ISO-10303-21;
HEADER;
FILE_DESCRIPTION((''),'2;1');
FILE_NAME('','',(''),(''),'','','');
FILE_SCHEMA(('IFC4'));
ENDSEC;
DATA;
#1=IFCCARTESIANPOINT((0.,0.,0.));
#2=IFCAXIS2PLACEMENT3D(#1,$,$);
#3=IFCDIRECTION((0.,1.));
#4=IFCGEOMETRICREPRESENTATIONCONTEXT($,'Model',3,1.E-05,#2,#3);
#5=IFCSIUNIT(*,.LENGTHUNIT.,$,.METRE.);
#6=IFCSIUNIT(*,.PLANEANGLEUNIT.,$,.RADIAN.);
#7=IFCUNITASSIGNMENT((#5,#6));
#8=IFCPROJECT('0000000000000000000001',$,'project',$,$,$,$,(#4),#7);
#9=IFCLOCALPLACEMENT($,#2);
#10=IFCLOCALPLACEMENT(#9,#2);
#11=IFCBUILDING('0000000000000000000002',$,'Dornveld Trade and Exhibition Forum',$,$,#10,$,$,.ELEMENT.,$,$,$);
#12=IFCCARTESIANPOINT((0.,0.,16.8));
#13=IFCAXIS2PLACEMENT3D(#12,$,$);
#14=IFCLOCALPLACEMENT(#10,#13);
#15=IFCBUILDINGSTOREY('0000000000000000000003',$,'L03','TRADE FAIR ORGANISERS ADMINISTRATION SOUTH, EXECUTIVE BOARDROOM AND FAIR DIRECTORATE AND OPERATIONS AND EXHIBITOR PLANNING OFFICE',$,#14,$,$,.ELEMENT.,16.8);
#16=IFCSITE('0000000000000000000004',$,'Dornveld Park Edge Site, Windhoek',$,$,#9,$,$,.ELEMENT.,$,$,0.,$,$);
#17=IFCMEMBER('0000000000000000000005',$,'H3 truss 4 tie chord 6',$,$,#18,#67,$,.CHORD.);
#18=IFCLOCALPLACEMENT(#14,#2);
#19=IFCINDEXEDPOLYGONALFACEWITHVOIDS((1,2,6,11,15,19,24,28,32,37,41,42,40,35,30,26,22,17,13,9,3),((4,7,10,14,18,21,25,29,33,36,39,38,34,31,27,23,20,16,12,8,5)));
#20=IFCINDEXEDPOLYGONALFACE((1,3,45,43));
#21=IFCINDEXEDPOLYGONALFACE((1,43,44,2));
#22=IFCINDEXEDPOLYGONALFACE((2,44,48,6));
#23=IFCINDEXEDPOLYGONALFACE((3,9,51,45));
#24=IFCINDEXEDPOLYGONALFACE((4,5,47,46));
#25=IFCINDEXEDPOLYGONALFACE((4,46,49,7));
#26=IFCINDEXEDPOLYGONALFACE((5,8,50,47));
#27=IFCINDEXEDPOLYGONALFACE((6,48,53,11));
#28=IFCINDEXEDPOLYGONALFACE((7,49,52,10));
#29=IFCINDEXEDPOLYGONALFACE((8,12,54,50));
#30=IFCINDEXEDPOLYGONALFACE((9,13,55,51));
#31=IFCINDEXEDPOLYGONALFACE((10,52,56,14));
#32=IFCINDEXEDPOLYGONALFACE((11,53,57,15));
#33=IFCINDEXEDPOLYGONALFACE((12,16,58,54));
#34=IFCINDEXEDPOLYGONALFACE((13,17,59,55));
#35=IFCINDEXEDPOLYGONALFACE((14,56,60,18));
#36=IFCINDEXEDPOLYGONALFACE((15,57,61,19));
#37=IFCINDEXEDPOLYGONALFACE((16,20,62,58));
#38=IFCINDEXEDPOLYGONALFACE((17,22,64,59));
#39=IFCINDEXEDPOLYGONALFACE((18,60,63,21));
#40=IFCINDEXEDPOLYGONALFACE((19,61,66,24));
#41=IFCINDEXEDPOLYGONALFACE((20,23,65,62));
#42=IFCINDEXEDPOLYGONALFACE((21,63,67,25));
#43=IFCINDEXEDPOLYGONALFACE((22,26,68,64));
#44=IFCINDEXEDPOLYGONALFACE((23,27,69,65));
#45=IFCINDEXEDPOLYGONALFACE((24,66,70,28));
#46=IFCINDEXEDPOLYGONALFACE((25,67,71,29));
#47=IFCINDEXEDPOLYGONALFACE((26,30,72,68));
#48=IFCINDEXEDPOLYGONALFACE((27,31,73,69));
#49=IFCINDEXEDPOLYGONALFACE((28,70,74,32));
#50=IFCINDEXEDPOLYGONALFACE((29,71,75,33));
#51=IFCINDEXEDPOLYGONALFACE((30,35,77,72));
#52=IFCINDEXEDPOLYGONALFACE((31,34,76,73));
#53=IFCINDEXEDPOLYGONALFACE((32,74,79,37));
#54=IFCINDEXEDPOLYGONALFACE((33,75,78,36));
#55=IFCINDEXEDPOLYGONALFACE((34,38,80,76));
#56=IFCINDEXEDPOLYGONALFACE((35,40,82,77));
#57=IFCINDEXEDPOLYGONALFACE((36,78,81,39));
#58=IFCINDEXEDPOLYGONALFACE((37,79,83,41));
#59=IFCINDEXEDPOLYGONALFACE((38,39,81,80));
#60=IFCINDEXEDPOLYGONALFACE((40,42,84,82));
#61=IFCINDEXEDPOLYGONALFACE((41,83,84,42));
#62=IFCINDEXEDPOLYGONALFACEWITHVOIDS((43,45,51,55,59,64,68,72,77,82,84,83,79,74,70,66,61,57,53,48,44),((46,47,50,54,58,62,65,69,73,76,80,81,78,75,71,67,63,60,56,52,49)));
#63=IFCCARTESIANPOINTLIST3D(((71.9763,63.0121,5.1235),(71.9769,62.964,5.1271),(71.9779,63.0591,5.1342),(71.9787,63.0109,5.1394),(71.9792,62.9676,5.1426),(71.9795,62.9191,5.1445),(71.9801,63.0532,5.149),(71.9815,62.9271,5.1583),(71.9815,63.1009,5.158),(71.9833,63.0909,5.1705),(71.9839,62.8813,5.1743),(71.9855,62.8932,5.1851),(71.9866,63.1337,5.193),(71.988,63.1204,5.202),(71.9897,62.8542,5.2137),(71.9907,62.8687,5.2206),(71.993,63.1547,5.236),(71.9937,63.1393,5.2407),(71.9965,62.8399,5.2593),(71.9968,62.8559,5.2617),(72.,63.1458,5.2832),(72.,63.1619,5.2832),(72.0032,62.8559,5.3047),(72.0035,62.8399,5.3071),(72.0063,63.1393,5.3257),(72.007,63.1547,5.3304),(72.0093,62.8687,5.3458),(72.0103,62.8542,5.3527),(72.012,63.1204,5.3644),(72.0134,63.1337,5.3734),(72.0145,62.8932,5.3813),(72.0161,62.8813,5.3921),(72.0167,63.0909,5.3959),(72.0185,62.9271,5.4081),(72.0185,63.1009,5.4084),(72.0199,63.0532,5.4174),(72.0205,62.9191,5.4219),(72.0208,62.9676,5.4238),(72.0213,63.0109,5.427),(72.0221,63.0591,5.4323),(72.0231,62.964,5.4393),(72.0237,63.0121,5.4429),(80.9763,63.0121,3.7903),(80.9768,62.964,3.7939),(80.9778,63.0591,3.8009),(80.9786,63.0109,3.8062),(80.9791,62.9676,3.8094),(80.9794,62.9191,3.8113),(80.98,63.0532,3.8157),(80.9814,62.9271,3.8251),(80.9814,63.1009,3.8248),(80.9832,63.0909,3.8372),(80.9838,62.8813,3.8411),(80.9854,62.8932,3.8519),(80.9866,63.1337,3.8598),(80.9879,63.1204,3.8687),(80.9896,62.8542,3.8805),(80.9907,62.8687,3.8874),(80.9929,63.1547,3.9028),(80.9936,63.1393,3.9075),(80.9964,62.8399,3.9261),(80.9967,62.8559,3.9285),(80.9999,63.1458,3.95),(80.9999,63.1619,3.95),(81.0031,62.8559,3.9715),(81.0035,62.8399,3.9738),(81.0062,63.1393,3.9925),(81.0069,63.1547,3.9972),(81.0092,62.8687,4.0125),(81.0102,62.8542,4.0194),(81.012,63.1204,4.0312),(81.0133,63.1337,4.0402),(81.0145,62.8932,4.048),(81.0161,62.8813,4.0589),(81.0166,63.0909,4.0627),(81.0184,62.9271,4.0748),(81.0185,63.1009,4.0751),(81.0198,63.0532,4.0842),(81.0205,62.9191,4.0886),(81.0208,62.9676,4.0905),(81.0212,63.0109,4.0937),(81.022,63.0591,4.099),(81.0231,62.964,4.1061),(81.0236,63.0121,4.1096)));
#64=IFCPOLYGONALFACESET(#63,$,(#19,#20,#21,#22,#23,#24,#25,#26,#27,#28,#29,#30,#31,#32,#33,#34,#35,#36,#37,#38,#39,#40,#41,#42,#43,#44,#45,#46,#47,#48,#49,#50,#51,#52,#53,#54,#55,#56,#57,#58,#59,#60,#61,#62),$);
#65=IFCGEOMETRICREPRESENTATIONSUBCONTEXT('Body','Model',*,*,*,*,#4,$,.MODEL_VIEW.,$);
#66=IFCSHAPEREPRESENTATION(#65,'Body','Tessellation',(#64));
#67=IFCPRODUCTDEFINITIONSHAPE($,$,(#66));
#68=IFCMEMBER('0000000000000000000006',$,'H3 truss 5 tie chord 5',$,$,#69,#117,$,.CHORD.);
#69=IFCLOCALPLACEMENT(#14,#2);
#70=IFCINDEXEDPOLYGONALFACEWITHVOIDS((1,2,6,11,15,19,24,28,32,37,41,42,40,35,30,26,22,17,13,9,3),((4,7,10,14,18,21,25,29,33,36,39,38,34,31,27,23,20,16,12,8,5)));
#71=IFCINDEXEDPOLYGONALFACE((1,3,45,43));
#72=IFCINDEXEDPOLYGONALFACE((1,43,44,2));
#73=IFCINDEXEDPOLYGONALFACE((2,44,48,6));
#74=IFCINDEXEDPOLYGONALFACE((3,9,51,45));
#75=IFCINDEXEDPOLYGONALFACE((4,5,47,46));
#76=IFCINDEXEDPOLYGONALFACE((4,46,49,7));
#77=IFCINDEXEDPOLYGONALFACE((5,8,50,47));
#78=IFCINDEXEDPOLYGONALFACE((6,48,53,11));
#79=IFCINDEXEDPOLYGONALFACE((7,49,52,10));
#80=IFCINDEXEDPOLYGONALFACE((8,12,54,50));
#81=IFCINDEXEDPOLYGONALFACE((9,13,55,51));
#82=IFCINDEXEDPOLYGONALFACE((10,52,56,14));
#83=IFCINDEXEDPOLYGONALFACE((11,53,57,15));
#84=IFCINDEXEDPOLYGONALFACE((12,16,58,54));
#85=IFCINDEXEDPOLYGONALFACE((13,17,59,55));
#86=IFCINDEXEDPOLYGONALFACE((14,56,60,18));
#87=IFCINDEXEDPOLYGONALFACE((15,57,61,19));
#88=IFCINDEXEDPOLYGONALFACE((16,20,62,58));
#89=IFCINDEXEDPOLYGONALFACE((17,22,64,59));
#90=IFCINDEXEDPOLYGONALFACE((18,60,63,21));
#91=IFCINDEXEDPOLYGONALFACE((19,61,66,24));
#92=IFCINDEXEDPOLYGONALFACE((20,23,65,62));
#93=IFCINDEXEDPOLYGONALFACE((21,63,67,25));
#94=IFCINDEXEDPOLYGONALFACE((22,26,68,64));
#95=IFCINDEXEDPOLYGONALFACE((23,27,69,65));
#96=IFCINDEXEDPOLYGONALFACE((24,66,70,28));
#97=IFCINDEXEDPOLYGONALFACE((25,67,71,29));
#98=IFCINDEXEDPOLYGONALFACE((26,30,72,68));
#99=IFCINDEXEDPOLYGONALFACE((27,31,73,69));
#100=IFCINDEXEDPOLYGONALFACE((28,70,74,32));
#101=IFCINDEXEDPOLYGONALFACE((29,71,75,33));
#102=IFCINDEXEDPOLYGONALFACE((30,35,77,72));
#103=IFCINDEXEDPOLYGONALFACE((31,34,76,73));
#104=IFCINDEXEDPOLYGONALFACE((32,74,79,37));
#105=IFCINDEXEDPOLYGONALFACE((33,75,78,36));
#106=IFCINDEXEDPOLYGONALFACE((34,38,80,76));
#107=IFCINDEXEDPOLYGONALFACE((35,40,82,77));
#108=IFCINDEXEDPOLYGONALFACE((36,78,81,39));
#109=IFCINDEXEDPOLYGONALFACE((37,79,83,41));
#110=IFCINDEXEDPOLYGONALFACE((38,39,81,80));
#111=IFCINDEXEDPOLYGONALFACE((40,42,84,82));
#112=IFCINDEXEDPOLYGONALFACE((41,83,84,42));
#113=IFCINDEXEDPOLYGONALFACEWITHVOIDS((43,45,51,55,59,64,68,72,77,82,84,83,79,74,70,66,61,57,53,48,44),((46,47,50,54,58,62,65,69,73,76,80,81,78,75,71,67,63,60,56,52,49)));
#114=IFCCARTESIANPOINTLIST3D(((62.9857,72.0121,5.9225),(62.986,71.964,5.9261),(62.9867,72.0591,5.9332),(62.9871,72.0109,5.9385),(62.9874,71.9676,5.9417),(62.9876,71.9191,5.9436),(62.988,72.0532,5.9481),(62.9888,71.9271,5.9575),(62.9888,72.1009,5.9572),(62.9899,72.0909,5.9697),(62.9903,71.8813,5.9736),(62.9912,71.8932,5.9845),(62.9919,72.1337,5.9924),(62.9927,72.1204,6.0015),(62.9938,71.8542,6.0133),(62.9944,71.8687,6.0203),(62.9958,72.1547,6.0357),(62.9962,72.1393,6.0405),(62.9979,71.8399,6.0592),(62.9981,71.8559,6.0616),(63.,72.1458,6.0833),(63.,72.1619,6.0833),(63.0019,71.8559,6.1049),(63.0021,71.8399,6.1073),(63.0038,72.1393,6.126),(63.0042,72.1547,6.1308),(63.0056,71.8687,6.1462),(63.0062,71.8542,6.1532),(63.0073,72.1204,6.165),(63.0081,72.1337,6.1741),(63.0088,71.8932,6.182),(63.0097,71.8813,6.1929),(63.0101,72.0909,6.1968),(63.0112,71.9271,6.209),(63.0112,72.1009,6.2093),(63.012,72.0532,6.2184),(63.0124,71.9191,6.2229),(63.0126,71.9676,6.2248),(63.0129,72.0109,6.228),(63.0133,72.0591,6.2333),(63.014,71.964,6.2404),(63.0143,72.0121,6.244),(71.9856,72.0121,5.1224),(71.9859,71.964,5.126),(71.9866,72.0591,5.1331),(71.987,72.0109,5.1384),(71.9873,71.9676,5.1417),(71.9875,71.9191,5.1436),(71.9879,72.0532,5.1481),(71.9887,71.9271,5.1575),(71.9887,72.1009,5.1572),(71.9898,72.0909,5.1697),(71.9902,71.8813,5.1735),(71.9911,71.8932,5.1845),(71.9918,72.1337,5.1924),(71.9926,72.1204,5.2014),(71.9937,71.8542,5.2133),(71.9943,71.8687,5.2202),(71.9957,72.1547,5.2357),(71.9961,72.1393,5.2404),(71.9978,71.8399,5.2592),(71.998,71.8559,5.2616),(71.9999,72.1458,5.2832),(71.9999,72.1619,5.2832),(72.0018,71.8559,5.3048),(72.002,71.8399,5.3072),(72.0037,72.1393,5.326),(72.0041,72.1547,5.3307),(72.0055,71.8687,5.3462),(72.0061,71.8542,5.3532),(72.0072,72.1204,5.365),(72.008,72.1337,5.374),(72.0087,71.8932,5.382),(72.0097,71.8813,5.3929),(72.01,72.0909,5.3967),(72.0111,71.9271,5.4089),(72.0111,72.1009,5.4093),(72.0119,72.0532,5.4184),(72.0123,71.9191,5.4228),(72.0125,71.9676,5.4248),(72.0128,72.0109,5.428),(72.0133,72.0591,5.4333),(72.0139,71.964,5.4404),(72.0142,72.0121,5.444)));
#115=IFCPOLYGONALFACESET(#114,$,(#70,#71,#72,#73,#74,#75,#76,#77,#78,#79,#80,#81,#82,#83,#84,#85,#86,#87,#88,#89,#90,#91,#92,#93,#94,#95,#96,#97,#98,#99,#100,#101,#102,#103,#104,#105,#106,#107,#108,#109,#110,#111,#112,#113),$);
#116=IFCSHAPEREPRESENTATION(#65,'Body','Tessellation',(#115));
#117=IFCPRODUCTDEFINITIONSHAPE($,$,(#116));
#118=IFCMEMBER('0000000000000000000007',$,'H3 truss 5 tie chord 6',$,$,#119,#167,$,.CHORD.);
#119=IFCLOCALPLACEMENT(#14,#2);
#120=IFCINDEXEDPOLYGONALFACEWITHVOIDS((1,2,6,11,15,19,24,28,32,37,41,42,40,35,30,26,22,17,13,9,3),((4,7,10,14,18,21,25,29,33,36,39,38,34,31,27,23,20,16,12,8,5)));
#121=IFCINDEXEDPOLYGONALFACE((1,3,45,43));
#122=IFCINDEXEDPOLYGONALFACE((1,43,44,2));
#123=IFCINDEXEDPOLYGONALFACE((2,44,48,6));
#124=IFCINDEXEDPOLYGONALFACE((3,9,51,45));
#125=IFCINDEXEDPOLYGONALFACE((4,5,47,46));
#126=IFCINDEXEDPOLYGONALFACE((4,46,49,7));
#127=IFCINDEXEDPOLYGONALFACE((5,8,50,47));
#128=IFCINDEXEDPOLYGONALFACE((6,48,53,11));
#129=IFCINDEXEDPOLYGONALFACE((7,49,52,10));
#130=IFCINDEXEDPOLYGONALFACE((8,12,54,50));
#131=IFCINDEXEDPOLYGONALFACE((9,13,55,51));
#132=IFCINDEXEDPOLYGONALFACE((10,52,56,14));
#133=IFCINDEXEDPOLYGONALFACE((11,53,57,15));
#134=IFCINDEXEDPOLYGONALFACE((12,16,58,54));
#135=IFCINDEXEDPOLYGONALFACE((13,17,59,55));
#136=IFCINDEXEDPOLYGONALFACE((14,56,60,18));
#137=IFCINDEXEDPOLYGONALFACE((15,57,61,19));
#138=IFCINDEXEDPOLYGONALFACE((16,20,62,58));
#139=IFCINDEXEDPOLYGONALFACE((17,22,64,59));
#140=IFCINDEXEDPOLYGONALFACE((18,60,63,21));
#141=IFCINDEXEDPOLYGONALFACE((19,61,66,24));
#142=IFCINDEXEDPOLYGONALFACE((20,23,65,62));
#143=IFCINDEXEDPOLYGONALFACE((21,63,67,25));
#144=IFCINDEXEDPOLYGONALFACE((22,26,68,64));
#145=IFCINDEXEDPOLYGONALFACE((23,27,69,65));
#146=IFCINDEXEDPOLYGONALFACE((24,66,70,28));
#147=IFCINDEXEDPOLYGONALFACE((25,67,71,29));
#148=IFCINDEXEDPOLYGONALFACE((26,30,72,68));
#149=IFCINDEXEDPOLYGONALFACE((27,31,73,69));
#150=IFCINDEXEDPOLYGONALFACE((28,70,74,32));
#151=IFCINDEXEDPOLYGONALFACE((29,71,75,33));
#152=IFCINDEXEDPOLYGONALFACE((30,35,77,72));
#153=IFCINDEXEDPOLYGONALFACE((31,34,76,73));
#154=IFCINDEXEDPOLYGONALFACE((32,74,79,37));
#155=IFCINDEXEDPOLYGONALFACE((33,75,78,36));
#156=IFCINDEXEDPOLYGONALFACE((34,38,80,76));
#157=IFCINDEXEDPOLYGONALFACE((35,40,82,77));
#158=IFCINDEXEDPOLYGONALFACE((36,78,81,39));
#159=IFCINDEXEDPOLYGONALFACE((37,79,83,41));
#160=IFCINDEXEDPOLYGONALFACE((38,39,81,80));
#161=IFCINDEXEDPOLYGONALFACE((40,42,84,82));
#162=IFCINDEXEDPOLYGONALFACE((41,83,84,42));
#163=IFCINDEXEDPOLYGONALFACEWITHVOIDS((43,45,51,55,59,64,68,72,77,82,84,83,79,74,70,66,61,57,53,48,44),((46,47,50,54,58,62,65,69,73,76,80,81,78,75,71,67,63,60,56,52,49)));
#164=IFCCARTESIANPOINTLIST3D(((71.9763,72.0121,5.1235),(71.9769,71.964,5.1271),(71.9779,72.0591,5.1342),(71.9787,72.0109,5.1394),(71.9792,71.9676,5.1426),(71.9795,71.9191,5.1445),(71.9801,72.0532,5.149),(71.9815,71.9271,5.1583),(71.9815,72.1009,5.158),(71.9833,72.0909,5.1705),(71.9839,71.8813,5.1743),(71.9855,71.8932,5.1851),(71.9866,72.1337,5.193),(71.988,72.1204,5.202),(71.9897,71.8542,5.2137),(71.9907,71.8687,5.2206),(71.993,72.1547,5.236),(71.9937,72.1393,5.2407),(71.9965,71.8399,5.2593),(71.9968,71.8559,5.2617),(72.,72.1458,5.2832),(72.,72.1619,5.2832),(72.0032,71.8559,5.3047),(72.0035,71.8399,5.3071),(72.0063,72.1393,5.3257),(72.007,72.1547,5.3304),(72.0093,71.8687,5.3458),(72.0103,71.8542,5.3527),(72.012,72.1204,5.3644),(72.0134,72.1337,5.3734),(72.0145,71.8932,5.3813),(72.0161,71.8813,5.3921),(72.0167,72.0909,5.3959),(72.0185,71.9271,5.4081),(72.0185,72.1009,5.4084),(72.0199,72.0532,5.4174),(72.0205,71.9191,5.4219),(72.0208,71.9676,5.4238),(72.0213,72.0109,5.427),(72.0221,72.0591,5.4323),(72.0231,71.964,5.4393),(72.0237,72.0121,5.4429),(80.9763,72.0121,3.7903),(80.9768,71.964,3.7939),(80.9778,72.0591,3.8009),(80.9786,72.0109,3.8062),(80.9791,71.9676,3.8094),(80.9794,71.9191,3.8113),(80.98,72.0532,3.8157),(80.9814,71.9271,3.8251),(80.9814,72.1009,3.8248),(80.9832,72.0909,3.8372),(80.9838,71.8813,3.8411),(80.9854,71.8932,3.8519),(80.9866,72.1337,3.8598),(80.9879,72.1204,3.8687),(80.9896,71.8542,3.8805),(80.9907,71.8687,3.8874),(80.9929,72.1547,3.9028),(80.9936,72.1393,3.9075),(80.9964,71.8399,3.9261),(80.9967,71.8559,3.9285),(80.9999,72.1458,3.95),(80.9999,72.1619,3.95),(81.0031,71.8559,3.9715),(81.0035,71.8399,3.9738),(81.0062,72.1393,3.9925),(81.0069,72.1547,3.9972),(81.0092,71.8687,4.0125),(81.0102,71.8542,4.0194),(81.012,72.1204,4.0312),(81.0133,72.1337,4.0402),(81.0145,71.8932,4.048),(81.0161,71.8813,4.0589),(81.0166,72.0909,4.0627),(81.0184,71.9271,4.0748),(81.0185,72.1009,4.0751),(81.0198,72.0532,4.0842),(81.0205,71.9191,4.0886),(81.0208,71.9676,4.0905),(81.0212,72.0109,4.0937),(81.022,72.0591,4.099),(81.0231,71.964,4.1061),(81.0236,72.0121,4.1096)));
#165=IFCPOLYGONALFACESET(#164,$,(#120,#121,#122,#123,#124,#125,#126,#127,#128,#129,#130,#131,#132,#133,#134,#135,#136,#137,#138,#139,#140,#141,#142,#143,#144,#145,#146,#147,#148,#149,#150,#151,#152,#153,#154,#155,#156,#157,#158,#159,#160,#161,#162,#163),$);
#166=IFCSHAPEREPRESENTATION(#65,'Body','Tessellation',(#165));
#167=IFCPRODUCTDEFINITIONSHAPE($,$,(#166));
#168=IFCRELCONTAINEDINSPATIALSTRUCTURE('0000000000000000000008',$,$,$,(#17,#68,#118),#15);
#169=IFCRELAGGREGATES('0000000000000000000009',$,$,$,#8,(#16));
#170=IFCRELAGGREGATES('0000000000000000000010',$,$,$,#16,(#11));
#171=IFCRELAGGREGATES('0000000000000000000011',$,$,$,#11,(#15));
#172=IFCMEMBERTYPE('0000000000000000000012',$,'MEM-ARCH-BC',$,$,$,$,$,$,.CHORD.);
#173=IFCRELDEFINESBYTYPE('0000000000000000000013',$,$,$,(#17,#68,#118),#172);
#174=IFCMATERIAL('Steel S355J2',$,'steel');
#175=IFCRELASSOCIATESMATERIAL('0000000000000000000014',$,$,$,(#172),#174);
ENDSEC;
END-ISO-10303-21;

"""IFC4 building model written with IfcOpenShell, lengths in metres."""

from ifc_helpers import new_model, si_unit, direction, frame, origin, origin_2d, place, context, subcontext, project, spatial, hollow_circle, extrude, material, material_profile, profile_set, type_object, element, save


model = new_model("IFC4")

# Units and contexts
model_context = context("Model", 3, precision=1e-05, world=origin(), true_north=direction((0.0, 1.0)))
body_context = subcontext(model_context, "Body", "Model", "MODEL_VIEW")
ifc_project = project(units=[si_unit("LENGTHUNIT", "METRE"), si_unit("PLANEANGLEUNIT", "RADIAN")], contexts=[model_context])

# Site, building, storey
site_placement = place(None, origin())
site = spatial("IfcSite", under=ifc_project, at=site_placement, Name="Dornveld Park Edge Site, Windhoek", CompositionType="ELEMENT", RefElevation=0.0)
building_placement = place(site_placement, origin())
building = spatial("IfcBuilding", under=site, at=building_placement, Name="Dornveld Trade and Exhibition Forum", CompositionType="ELEMENT")
storey_placement = place(building_placement, frame((0.0, 0.0, 16.8)))
storey = spatial("IfcBuildingStorey", under=building, at=storey_placement, Name="L03", Description="TRADE FAIR ORGANISERS ADMINISTRATION SOUTH, EXECUTIVE BOARDROOM AND FAIR DIRECTORATE AND OPERATIONS AND EXHIBITOR PLANNING OFFICE", CompositionType="ELEMENT", Elevation=16.8)

# Members
ifc_material_1 = material(Name="Steel S355J2", Category="steel")
ifc_material_profile_1 = material_profile(ifc_material_1, hollow_circle(Radius=0.1619, WallThickness=0.0161, at=origin_2d()), Name="CHS 323.9x16")
ifc_profile_set_1 = profile_set([ifc_material_profile_1], Name="Steel S355J2")
member_type_1 = type_object("IfcMemberType", Name="MEM-ARCH-BC", PredefinedType="CHORD", material=ifc_profile_set_1)
member_1_placement = place(storey_placement, frame((72.0, 63.0, 5.2832), z_axis=(0.989205, 0.0, -0.14654), x_axis=(0.0, 1.0, 0.0)))
element("IfcMember", 1, at=member_1_placement, inside=storey, type_object=member_type_1, Name="H3 truss 4 tie chord 6", PredefinedType="CHORD", context=body_context, shape_type="SweptSolid", body=[
    extrude(hollow_circle(Radius=0.1619, WallThickness=0.0161, at=origin_2d()), origin(), (0.0, 0.0, 1.0), 9.0981),
])
member_2_placement = place(storey_placement, frame((63.0, 72.0, 6.0833), z_axis=(0.996072, 0.0, -0.088545), x_axis=(0.0, 1.0, 0.0)))
element("IfcMember", 2, at=member_2_placement, inside=storey, type_object=member_type_1, Name="H3 truss 5 tie chord 5", PredefinedType="CHORD", context=body_context, shape_type="SweptSolid", body=[
    extrude(hollow_circle(Radius=0.1619, WallThickness=0.0161, at=origin_2d()), origin(), (0.0, 0.0, 1.0), 9.0354),
])
member_3_placement = place(storey_placement, frame((72.0, 72.0, 5.2832), z_axis=(0.989205, 0.0, -0.14654), x_axis=(0.0, 1.0, 0.0)))
element("IfcMember", 3, at=member_3_placement, inside=storey, type_object=member_type_1, Name="H3 truss 5 tie chord 6", PredefinedType="CHORD", context=body_context, shape_type="SweptSolid", body=[
    extrude(hollow_circle(Radius=0.1619, WallThickness=0.0161, at=origin_2d()), origin(), (0.0, 0.0, 1.0), 9.0981),
])

save(model, "model.ifc")
